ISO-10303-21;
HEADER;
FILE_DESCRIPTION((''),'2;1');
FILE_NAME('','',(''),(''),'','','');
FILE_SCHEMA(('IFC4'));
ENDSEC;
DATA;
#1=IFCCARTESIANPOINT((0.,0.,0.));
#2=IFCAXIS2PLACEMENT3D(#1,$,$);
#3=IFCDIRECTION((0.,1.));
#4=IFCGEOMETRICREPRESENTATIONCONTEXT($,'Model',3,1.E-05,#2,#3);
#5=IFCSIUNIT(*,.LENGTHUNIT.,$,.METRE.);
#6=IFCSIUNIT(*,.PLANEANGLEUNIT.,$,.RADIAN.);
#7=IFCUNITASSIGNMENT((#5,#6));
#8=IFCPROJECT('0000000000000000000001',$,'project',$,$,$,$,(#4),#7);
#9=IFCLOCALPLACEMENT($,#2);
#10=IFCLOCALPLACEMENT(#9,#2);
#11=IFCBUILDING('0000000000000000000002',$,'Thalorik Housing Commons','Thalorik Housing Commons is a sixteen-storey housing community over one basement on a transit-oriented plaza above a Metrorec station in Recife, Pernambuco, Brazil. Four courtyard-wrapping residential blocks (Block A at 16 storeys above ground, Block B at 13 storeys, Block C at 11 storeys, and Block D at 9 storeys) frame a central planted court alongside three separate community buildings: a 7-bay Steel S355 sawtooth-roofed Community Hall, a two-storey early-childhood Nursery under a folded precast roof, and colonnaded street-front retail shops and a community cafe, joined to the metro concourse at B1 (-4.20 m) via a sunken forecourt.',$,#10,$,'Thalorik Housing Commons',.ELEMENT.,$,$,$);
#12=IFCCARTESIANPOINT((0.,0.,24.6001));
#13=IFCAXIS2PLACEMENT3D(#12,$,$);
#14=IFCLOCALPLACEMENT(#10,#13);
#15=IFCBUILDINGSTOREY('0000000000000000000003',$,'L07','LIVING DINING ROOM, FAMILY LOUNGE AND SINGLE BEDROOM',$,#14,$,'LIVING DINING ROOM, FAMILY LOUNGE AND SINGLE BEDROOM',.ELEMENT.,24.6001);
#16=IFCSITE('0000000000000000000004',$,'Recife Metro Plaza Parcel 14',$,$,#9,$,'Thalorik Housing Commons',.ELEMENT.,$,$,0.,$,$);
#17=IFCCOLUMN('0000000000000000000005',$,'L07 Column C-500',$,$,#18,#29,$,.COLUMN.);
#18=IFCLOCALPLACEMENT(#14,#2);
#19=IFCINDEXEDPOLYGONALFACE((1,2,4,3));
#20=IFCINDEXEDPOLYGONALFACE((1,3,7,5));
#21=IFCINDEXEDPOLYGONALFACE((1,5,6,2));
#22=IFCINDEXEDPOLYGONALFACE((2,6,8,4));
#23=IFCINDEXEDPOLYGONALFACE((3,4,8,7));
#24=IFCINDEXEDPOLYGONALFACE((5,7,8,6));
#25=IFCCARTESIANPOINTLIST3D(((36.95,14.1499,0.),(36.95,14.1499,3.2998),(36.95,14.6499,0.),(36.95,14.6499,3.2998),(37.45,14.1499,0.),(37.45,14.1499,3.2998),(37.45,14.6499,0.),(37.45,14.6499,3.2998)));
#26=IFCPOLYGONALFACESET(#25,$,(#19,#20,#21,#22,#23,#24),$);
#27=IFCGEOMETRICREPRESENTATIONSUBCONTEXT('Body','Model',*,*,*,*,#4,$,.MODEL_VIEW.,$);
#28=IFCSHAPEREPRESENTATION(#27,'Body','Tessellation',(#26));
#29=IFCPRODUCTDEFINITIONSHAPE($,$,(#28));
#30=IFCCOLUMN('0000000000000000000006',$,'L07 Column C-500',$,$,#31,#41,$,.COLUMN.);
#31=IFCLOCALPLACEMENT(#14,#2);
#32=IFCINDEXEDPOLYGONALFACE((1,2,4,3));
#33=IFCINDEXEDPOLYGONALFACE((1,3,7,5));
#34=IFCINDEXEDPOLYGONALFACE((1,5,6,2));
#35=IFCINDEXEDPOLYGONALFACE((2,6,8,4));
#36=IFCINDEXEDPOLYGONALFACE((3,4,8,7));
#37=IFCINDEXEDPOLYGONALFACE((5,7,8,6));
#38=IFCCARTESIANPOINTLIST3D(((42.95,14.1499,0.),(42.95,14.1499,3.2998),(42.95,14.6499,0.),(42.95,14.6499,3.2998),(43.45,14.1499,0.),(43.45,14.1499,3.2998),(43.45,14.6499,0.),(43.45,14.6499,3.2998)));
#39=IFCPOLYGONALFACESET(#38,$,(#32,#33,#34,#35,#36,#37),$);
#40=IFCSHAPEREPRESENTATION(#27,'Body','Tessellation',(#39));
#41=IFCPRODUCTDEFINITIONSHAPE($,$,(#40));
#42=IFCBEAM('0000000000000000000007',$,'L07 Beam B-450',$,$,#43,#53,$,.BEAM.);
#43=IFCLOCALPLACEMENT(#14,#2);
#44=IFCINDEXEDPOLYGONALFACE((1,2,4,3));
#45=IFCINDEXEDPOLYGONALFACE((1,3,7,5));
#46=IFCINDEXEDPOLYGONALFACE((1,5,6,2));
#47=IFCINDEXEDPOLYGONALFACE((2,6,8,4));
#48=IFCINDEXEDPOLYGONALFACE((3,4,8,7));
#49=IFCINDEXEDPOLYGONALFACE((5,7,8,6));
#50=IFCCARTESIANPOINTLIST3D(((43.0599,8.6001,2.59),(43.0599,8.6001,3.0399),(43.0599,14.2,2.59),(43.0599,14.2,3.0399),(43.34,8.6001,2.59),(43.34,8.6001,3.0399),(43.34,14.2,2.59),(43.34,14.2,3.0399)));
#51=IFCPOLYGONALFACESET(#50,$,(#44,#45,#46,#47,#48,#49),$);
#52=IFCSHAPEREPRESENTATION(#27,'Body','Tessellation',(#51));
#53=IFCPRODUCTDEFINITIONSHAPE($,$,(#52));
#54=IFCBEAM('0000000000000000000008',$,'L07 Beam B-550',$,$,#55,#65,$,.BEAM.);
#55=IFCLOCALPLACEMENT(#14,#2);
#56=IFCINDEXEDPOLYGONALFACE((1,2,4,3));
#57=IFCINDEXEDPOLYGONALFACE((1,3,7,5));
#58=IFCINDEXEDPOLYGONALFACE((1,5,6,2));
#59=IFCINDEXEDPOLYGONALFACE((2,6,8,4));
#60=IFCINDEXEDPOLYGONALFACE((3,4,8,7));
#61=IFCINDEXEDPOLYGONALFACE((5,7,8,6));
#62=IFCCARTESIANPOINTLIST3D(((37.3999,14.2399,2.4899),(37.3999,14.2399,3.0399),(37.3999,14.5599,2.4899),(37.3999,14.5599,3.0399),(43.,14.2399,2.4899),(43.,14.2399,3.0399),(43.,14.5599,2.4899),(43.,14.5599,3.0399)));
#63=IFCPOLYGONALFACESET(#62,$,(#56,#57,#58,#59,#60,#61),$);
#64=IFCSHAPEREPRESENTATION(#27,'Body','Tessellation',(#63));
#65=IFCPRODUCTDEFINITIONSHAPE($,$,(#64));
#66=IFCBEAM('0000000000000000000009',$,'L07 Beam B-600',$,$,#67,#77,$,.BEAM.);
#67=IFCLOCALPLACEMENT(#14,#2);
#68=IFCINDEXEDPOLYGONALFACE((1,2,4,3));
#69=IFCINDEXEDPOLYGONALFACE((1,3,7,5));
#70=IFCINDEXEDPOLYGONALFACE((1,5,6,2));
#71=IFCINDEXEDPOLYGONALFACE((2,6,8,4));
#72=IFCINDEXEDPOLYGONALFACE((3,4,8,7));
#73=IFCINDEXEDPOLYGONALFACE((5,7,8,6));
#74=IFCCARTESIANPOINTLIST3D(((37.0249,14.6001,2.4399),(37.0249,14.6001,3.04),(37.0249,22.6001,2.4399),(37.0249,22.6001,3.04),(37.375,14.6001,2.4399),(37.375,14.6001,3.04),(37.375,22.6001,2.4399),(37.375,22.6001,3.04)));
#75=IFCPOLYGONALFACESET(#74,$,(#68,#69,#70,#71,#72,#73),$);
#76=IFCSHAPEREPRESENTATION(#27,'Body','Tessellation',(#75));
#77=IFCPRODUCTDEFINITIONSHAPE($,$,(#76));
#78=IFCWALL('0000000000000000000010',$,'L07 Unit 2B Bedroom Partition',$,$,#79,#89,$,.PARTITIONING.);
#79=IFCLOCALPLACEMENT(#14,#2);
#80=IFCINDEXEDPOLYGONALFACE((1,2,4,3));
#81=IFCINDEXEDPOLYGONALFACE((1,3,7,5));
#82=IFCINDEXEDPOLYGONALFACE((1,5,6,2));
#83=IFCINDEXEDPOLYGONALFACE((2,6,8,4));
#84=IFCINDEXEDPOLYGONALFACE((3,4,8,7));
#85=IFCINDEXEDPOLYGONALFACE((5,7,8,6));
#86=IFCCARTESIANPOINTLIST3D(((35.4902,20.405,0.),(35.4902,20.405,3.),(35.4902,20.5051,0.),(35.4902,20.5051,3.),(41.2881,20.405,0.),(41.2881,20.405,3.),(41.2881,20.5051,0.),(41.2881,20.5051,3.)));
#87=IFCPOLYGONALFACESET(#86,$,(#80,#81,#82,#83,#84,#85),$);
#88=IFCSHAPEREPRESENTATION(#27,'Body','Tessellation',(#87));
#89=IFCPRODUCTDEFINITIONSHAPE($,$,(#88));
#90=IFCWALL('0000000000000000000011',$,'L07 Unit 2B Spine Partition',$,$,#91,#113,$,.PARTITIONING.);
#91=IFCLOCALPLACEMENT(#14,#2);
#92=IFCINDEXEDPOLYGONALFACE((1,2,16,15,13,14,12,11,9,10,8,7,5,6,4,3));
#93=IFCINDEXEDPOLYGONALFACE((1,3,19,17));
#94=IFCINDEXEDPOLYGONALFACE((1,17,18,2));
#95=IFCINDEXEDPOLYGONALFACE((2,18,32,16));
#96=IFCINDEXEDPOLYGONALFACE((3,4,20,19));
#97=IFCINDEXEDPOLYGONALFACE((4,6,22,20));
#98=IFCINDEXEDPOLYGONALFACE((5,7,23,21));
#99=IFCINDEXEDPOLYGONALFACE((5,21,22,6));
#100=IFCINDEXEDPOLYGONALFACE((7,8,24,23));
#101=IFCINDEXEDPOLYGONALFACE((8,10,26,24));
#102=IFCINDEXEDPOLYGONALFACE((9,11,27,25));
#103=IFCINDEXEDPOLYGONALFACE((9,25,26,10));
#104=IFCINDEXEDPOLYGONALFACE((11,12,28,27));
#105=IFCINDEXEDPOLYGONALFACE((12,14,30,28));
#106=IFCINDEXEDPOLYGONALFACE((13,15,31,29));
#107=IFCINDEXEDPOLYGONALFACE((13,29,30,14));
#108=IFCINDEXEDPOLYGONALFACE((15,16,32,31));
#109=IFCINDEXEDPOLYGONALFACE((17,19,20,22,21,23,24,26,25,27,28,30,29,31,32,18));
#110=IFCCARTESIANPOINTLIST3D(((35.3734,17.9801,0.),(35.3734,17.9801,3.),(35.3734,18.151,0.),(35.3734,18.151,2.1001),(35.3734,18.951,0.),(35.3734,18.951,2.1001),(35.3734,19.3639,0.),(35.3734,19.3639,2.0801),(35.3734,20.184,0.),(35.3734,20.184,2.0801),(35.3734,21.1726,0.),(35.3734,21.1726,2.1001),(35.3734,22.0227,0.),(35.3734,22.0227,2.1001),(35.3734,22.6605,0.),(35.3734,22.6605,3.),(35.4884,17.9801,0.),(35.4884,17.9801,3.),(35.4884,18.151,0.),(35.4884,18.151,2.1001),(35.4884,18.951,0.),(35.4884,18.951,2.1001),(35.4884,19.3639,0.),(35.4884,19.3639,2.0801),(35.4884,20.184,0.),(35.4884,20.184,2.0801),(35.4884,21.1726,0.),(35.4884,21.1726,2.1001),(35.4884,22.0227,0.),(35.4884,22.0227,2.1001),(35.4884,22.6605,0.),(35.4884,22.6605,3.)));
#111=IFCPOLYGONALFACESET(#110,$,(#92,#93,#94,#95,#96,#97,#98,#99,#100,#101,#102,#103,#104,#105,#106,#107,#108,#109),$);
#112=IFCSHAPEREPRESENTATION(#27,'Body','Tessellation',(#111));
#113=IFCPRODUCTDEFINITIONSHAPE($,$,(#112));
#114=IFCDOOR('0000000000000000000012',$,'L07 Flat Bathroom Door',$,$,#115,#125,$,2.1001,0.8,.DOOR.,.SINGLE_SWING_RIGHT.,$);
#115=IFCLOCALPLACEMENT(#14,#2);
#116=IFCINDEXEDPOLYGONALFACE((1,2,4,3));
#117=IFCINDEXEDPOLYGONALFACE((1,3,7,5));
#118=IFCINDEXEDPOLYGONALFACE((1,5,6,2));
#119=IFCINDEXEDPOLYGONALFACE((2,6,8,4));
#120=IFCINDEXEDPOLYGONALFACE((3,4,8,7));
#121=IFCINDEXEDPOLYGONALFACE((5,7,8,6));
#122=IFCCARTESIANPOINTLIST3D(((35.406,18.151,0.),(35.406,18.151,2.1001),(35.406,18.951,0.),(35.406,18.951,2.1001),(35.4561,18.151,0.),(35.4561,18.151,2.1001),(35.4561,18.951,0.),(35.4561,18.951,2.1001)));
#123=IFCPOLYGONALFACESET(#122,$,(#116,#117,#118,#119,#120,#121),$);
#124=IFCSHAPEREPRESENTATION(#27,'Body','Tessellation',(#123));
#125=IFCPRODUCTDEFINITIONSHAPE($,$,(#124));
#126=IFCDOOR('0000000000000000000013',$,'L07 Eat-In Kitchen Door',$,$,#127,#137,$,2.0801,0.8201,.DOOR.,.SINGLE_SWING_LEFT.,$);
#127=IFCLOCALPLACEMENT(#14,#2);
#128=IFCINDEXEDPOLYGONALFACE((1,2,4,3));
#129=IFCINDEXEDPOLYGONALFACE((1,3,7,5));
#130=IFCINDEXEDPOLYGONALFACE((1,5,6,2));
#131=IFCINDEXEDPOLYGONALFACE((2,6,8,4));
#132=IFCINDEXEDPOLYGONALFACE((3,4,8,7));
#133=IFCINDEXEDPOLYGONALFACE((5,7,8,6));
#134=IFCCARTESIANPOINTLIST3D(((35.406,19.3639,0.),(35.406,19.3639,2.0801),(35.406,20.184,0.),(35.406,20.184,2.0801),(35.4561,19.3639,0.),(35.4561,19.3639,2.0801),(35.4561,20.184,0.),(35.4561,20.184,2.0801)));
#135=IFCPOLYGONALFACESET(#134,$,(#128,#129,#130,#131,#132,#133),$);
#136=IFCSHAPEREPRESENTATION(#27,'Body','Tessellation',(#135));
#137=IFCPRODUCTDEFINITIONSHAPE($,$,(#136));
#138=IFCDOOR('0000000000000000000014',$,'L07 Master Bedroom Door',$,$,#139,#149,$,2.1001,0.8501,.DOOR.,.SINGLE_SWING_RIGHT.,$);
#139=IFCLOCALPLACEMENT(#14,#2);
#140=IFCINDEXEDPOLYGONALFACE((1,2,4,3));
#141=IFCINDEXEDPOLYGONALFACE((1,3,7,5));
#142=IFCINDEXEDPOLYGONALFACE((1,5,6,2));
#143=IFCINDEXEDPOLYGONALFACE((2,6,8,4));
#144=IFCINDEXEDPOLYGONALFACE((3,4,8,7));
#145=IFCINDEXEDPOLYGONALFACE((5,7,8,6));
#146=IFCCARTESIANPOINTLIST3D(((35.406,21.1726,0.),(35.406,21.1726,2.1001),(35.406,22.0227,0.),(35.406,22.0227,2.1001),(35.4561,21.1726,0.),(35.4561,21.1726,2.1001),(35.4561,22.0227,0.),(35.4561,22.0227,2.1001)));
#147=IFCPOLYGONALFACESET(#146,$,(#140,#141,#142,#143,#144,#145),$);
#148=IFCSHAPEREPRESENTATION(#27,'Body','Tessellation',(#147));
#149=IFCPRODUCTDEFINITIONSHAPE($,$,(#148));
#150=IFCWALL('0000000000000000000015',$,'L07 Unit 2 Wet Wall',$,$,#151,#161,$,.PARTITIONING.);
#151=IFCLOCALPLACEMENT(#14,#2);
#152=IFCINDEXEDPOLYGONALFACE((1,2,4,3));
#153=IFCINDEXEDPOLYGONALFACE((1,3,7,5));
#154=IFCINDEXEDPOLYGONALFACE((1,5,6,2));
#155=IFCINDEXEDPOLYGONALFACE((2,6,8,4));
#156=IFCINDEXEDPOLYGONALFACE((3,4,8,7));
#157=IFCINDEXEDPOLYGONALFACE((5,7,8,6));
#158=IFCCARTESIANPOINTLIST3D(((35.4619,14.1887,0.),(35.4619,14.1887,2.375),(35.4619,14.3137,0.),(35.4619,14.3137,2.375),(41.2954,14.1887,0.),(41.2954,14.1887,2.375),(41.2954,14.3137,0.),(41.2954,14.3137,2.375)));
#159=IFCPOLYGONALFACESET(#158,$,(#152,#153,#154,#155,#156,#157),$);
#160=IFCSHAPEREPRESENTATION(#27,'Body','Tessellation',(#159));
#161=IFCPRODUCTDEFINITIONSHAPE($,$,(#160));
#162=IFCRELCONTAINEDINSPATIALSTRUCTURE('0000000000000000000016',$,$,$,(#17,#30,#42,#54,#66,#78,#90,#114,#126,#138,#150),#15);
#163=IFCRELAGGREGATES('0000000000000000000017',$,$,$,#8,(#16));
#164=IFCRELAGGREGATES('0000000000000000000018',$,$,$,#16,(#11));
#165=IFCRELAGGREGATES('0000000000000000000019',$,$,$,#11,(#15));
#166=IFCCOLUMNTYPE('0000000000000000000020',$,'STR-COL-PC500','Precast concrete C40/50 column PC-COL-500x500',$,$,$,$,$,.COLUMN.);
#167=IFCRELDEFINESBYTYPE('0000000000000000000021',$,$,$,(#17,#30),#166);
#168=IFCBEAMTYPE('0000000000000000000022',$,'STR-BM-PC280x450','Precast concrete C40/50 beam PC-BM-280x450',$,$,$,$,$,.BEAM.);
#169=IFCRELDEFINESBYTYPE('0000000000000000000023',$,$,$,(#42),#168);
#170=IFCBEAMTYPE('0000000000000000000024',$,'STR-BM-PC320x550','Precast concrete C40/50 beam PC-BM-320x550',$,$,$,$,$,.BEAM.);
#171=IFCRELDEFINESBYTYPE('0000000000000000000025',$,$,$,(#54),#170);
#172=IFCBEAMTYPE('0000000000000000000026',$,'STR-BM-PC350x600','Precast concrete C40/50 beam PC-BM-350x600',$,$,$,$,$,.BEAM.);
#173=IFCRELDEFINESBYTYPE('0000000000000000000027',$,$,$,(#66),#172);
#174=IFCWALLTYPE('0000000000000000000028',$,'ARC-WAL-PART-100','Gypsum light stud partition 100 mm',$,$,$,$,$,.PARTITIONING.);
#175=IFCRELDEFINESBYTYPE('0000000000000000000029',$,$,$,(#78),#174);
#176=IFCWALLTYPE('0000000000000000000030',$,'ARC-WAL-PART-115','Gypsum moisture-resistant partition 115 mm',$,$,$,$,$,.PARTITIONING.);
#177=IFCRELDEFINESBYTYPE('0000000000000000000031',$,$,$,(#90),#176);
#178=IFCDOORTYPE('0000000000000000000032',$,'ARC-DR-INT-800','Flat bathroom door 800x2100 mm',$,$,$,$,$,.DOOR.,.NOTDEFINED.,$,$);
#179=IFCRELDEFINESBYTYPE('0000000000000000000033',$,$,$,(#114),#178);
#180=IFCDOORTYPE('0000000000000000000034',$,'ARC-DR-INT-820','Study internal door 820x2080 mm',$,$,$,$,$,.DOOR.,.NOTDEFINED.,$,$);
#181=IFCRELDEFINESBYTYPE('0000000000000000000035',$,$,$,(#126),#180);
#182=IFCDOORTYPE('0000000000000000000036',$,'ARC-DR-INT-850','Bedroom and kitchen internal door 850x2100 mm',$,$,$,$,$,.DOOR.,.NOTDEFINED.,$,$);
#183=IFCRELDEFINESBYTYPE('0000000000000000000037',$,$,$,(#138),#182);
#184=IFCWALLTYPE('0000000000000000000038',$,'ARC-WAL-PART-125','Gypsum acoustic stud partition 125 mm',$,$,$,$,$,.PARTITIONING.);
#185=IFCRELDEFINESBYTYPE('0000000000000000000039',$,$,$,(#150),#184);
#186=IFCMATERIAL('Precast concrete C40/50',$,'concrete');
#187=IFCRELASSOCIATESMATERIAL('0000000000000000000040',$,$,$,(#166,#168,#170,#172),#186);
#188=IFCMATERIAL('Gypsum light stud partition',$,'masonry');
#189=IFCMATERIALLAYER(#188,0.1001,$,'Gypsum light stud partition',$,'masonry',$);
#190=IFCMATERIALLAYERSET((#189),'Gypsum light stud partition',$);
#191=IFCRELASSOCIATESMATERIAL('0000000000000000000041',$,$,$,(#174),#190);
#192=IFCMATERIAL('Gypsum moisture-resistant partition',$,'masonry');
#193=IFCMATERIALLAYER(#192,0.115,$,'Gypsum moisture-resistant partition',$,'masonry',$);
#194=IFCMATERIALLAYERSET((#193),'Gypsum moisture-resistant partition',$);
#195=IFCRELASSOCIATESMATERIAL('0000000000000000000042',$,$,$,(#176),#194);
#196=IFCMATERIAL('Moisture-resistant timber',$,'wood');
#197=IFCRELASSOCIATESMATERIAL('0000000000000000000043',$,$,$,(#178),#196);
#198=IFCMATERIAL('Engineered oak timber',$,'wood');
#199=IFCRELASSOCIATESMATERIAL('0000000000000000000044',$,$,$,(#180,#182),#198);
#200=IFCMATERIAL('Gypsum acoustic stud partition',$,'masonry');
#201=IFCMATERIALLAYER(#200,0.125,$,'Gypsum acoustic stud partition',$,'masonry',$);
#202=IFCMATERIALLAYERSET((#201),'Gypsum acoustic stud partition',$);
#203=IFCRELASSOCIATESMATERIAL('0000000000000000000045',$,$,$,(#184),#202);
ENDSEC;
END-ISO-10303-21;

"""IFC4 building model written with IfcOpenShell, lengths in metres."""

from ifc_helpers import new_model, si_unit, direction, frame, frame_2d, origin, origin_2d, place, context, subcontext, project, spatial, rectangle, extrude, material, layer, layer_set, material_profile, profile_set, type_object, element, fill, save


model = new_model("IFC4")

# Units and contexts
model_context = context("Model", 3, precision=1e-05, world=origin(), true_north=direction((0.0, 1.0)))
body_context = subcontext(model_context, "Body", "Model", "MODEL_VIEW")
ifc_project = project(units=[si_unit("LENGTHUNIT", "METRE"), si_unit("PLANEANGLEUNIT", "RADIAN")], contexts=[model_context])

# Site, building, storey
site_placement = place(None, origin())
site = spatial("IfcSite", under=ifc_project, at=site_placement, Name="Recife Metro Plaza Parcel 14", LongName="Thalorik Housing Commons", CompositionType="ELEMENT", RefElevation=0.0)
building_placement = place(site_placement, origin())
building = spatial("IfcBuilding", under=site, at=building_placement, Name="Thalorik Housing Commons", Description="Thalorik Housing Commons is a sixteen-storey housing community over one basement on a transit-oriented plaza above a Metrorec station in Recife, Pernambuco, Brazil. Four courtyard-wrapping residential blocks (Block A at 16 storeys above ground, Block B at 13 storeys, Block C at 11 storeys, and Block D at 9 storeys) frame a central planted court alongside three separate community buildings: a 7-bay Steel S355 sawtooth-roofed Community Hall, a two-storey early-childhood Nursery under a folded precast roof, and colonnaded street-front retail shops and a community cafe, joined to the metro concourse at B1 (-4.20 m) via a sunken forecourt.", LongName="Thalorik Housing Commons", CompositionType="ELEMENT")
storey_placement = place(building_placement, frame((0.0, 0.0, 24.6001)))
storey = spatial("IfcBuildingStorey", under=building, at=storey_placement, Name="L07", Description="LIVING DINING ROOM, FAMILY LOUNGE AND SINGLE BEDROOM", LongName="LIVING DINING ROOM, FAMILY LOUNGE AND SINGLE BEDROOM", CompositionType="ELEMENT", Elevation=24.6001)

# Columns
ifc_material_1 = material(Name="Precast concrete C40/50", Category="concrete")
ifc_material_profile_1 = material_profile(ifc_material_1, rectangle(XDim=0.5, YDim=0.5, at=origin_2d()), Name="PC 500x500", Category="concrete")
ifc_profile_set_1 = profile_set([ifc_material_profile_1], Name="Precast concrete C40/50")
column_type = type_object("IfcColumnType", Name="STR-COL-PC500", Description="Precast concrete C40/50 column PC-COL-500x500", PredefinedType="COLUMN", material=ifc_profile_set_1)
for number, where, z_axis, x_axis, name in (
    (1, (37.2, 14.3999, 0.0), (0.0, 0.0, 1.0), (1.0, 0.0, 0.0), "L07 Column C-500"),
    (2, (43.2, 14.3999, 0.0), (0.0, 0.0, 1.0), (1.0, 0.0, 0.0), "L07 Column C-500"),
):
    element("IfcColumn", number, at=place(storey_placement, frame(where, z_axis=z_axis, x_axis=x_axis)), inside=storey, type_object=column_type, Name=name, PredefinedType="COLUMN", context=body_context, shape_type="SweptSolid", body=[
        extrude(rectangle(XDim=0.5, YDim=0.5, at=origin_2d()), origin(), (0.0, 0.0, 1.0), 3.2998),
    ])

# Beams
ifc_material_profile_2 = material_profile(ifc_material_1, rectangle(XDim=0.28, YDim=0.45, at=origin_2d()), Name="PC 280x450", Category="concrete")
ifc_profile_set_2 = profile_set([ifc_material_profile_2], Name="Precast concrete C40/50")
beam_type_1 = type_object("IfcBeamType", Name="STR-BM-PC280x450", Description="Precast concrete C40/50 beam PC-BM-280x450", PredefinedType="BEAM", material=ifc_profile_set_2)
beam_1_placement = place(storey_placement, frame((43.2, 8.6001, 2.8149), z_axis=(0.0, 1.0, 0.0), x_axis=(-1.0, 0.0, 0.0)))
element("IfcBeam", 3, at=beam_1_placement, inside=storey, type_object=beam_type_1, Name="L07 Beam B-450", PredefinedType="BEAM", context=body_context, shape_type="SweptSolid", body=[
    extrude(rectangle(XDim=0.28, YDim=0.45, at=origin_2d()), origin(), (0.0, 0.0, 1.0), 5.5999),
])
ifc_material_profile_3 = material_profile(ifc_material_1, rectangle(XDim=0.3201, YDim=0.55, at=origin_2d()), Name="PC 320x550", Category="concrete")
ifc_profile_set_3 = profile_set([ifc_material_profile_3], Name="Precast concrete C40/50")
beam_type_2 = type_object("IfcBeamType", Name="STR-BM-PC320x550", Description="Precast concrete C40/50 beam PC-BM-320x550", PredefinedType="BEAM", material=ifc_profile_set_3)
beam_2_placement = place(storey_placement, frame((37.3999, 14.3999, 2.7649), z_axis=(1.0, 0.0, 0.0), x_axis=(0.0, 1.0, 0.0)))
element("IfcBeam", 4, at=beam_2_placement, inside=storey, type_object=beam_type_2, Name="L07 Beam B-550", PredefinedType="BEAM", context=body_context, shape_type="SweptSolid", body=[
    extrude(rectangle(XDim=0.3201, YDim=0.55, at=origin_2d()), origin(), (0.0, 0.0, 1.0), 5.6001),
])
ifc_material_profile_4 = material_profile(ifc_material_1, rectangle(XDim=0.3501, YDim=0.6001, at=origin_2d()), Name="PC 350x600", Category="concrete")
ifc_profile_set_4 = profile_set([ifc_material_profile_4], Name="Precast concrete C40/50")
beam_type_3 = type_object("IfcBeamType", Name="STR-BM-PC350x600", Description="Precast concrete C40/50 beam PC-BM-350x600", PredefinedType="BEAM", material=ifc_profile_set_4)
beam_3_placement = place(storey_placement, frame((37.2, 14.6001, 2.74), z_axis=(0.0, 1.0, 0.0), x_axis=(-1.0, 0.0, 0.0)))
element("IfcBeam", 5, at=beam_3_placement, inside=storey, type_object=beam_type_3, Name="L07 Beam B-600", PredefinedType="BEAM", context=body_context, shape_type="SweptSolid", body=[
    extrude(rectangle(XDim=0.3501, YDim=0.6001, at=origin_2d()), origin(), (0.0, 0.0, 1.0), 8.0),
])

# Wall
ifc_material_2 = material(Name="Gypsum light stud partition", Category="masonry")
ifc_layer_1 = layer(ifc_material_2, 0.1001, Name="Gypsum light stud partition", Category="masonry")
ifc_layer_set_1 = layer_set([ifc_layer_1], Name="Gypsum light stud partition")
wall_type_1 = type_object("IfcWallType", Name="ARC-WAL-PART-100", Description="Gypsum light stud partition 100 mm", PredefinedType="PARTITIONING", material=ifc_layer_set_1)
wall_1_placement = place(storey_placement, frame((35.4902, 20.4551, 0.0), z_axis=(0.0, 0.0, 1.0), x_axis=(1.0, 0.0, 0.0)))
element("IfcWall", 6, at=wall_1_placement, inside=storey, type_object=wall_type_1, Name="L07 Unit 2B Bedroom Partition", PredefinedType="PARTITIONING", context=body_context, shape_type="SweptSolid", body=[
    extrude(rectangle(XDim=5.7979, YDim=0.1001, at=frame_2d((2.8989, 0.0))), origin(), (0.0, 0.0, 1.0), 3.0),
])

# Wall, openings, doors
ifc_material_3 = material(Name="Gypsum moisture-resistant partition", Category="masonry")
ifc_layer_2 = layer(ifc_material_3, 0.115, Name="Gypsum moisture-resistant partition", Category="masonry")
ifc_layer_set_2 = layer_set([ifc_layer_2], Name="Gypsum moisture-resistant partition")
wall_type_2 = type_object("IfcWallType", Name="ARC-WAL-PART-115", Description="Gypsum moisture-resistant partition 115 mm", PredefinedType="PARTITIONING", material=ifc_layer_set_2)
wall_2_placement = place(storey_placement, frame((35.4309, 17.98, 0.0), z_axis=(0.0, 0.0, 1.0), x_axis=(0.0, 1.0, 0.0)))
wall_2 = element("IfcWall", 7, at=wall_2_placement, inside=storey, type_object=wall_type_2, Name="L07 Unit 2B Spine Partition", PredefinedType="PARTITIONING", context=body_context, shape_type="SweptSolid", body=[
    extrude(rectangle(XDim=4.6804, YDim=0.115, at=frame_2d((2.3403, 0.0))), origin(), (0.0, 0.0, 1.0), 3.0),
])
opening_1_placement = place(wall_2_placement, frame((0.1711, 0.0, 0.0)))
opening_1 = element("IfcOpeningElement", 8, at=opening_1_placement, cuts=wall_2, PredefinedType="OPENING", context=body_context, shape_type="SweptSolid", body=[
    extrude(rectangle(XDim=0.8, YDim=2.1001, at=frame_2d((0.3999, 1.05))), frame((0.0, 0.0674, 0.0), z_axis=(0.0, -1.0, 0.0), x_axis=(1.0, 0.0, 0.0)), (0.0, 0.0, 1.0), 0.135),
])
opening_2_placement = place(wall_2_placement, frame((1.3838, 0.0, 0.0)))
opening_2 = element("IfcOpeningElement", 9, at=opening_2_placement, cuts=wall_2, PredefinedType="OPENING", context=body_context, shape_type="SweptSolid", body=[
    extrude(rectangle(XDim=0.8201, YDim=2.0801, at=frame_2d((0.4102, 1.04))), frame((0.0, 0.0674, 0.0), z_axis=(0.0, -1.0, 0.0), x_axis=(1.0, 0.0, 0.0)), (0.0, 0.0, 1.0), 0.135),
])
opening_3_placement = place(wall_2_placement, frame((3.1926, 0.0, 0.0)))
opening_3 = element("IfcOpeningElement", 10, at=opening_3_placement, cuts=wall_2, PredefinedType="OPENING", context=body_context, shape_type="SweptSolid", body=[
    extrude(rectangle(XDim=0.8501, YDim=2.1001, at=frame_2d((0.425, 1.05))), frame((0.0, 0.0674, 0.0), z_axis=(0.0, -1.0, 0.0), x_axis=(1.0, 0.0, 0.0)), (0.0, 0.0, 1.0), 0.135),
])
ifc_material_4 = material(Name="Moisture-resistant timber", Category="wood")
door_type_1 = type_object("IfcDoorType", Name="ARC-DR-INT-800", Description="Flat bathroom door 800x2100 mm", OperationType="NOTDEFINED", PredefinedType="DOOR", material=ifc_material_4)
door_1_placement = place(opening_1_placement, origin())
door_1 = element("IfcDoor", 11, at=door_1_placement, inside=storey, type_object=door_type_1, Name="L07 Flat Bathroom Door", OperationType="SINGLE_SWING_RIGHT", OverallHeight=2.1001, OverallWidth=0.8, PredefinedType="DOOR", context=body_context, shape_type="SweptSolid", body=[
    extrude(rectangle(XDim=0.8, YDim=2.1001, at=frame_2d((0.3999, 1.05))), frame((0.0, 0.0249, 0.0), z_axis=(0.0, -1.0, 0.0), x_axis=(1.0, 0.0, 0.0)), (0.0, 0.0, 1.0), 0.05),
])
fill(opening_1, door_1)
ifc_material_5 = material(Name="Engineered oak timber", Category="wood")
door_type_2 = type_object("IfcDoorType", Name="ARC-DR-INT-820", Description="Study internal door 820x2080 mm", OperationType="NOTDEFINED", PredefinedType="DOOR", material=ifc_material_5)
door_2_placement = place(opening_2_placement, origin())
door_2 = element("IfcDoor", 12, at=door_2_placement, inside=storey, type_object=door_type_2, Name="L07 Eat-In Kitchen Door", OperationType="SINGLE_SWING_LEFT", OverallHeight=2.0801, OverallWidth=0.8201, PredefinedType="DOOR", context=body_context, shape_type="SweptSolid", body=[
    extrude(rectangle(XDim=0.8201, YDim=2.0801, at=frame_2d((0.4102, 1.04))), frame((0.0, 0.0249, 0.0), z_axis=(0.0, -1.0, 0.0), x_axis=(1.0, 0.0, 0.0)), (0.0, 0.0, 1.0), 0.05),
])
fill(opening_2, door_2)
door_type_3 = type_object("IfcDoorType", Name="ARC-DR-INT-850", Description="Bedroom and kitchen internal door 850x2100 mm", OperationType="NOTDEFINED", PredefinedType="DOOR", material=ifc_material_5)
door_3_placement = place(opening_3_placement, origin())
door_3 = element("IfcDoor", 13, at=door_3_placement, inside=storey, type_object=door_type_3, Name="L07 Master Bedroom Door", OperationType="SINGLE_SWING_RIGHT", OverallHeight=2.1001, OverallWidth=0.8501, PredefinedType="DOOR", context=body_context, shape_type="SweptSolid", body=[
    extrude(rectangle(XDim=0.8501, YDim=2.1001, at=frame_2d((0.425, 1.05))), frame((0.0, 0.0249, 0.0), z_axis=(0.0, -1.0, 0.0), x_axis=(1.0, 0.0, 0.0)), (0.0, 0.0, 1.0), 0.05),
])
fill(opening_3, door_3)

# Wall
ifc_material_6 = material(Name="Gypsum acoustic stud partition", Category="masonry")
ifc_layer_3 = layer(ifc_material_6, 0.125, Name="Gypsum acoustic stud partition", Category="masonry")
ifc_layer_set_3 = layer_set([ifc_layer_3], Name="Gypsum acoustic stud partition")
wall_type_3 = type_object("IfcWallType", Name="ARC-WAL-PART-125", Description="Gypsum acoustic stud partition 125 mm", PredefinedType="PARTITIONING", material=ifc_layer_set_3)
wall_3_placement = place(storey_placement, frame((35.4619, 14.2512, 0.0), z_axis=(0.0, 0.0, 1.0), x_axis=(1.0, 0.0, 0.0)))
element("IfcWall", 14, at=wall_3_placement, inside=storey, type_object=wall_type_3, Name="L07 Unit 2 Wet Wall", PredefinedType="PARTITIONING", context=body_context, shape_type="SweptSolid", body=[
    extrude(rectangle(XDim=5.8335, YDim=0.125, at=frame_2d((2.9167, 0.0))), origin(), (0.0, 0.0, 1.0), 2.375),
])

save(model, "model.ifc")
